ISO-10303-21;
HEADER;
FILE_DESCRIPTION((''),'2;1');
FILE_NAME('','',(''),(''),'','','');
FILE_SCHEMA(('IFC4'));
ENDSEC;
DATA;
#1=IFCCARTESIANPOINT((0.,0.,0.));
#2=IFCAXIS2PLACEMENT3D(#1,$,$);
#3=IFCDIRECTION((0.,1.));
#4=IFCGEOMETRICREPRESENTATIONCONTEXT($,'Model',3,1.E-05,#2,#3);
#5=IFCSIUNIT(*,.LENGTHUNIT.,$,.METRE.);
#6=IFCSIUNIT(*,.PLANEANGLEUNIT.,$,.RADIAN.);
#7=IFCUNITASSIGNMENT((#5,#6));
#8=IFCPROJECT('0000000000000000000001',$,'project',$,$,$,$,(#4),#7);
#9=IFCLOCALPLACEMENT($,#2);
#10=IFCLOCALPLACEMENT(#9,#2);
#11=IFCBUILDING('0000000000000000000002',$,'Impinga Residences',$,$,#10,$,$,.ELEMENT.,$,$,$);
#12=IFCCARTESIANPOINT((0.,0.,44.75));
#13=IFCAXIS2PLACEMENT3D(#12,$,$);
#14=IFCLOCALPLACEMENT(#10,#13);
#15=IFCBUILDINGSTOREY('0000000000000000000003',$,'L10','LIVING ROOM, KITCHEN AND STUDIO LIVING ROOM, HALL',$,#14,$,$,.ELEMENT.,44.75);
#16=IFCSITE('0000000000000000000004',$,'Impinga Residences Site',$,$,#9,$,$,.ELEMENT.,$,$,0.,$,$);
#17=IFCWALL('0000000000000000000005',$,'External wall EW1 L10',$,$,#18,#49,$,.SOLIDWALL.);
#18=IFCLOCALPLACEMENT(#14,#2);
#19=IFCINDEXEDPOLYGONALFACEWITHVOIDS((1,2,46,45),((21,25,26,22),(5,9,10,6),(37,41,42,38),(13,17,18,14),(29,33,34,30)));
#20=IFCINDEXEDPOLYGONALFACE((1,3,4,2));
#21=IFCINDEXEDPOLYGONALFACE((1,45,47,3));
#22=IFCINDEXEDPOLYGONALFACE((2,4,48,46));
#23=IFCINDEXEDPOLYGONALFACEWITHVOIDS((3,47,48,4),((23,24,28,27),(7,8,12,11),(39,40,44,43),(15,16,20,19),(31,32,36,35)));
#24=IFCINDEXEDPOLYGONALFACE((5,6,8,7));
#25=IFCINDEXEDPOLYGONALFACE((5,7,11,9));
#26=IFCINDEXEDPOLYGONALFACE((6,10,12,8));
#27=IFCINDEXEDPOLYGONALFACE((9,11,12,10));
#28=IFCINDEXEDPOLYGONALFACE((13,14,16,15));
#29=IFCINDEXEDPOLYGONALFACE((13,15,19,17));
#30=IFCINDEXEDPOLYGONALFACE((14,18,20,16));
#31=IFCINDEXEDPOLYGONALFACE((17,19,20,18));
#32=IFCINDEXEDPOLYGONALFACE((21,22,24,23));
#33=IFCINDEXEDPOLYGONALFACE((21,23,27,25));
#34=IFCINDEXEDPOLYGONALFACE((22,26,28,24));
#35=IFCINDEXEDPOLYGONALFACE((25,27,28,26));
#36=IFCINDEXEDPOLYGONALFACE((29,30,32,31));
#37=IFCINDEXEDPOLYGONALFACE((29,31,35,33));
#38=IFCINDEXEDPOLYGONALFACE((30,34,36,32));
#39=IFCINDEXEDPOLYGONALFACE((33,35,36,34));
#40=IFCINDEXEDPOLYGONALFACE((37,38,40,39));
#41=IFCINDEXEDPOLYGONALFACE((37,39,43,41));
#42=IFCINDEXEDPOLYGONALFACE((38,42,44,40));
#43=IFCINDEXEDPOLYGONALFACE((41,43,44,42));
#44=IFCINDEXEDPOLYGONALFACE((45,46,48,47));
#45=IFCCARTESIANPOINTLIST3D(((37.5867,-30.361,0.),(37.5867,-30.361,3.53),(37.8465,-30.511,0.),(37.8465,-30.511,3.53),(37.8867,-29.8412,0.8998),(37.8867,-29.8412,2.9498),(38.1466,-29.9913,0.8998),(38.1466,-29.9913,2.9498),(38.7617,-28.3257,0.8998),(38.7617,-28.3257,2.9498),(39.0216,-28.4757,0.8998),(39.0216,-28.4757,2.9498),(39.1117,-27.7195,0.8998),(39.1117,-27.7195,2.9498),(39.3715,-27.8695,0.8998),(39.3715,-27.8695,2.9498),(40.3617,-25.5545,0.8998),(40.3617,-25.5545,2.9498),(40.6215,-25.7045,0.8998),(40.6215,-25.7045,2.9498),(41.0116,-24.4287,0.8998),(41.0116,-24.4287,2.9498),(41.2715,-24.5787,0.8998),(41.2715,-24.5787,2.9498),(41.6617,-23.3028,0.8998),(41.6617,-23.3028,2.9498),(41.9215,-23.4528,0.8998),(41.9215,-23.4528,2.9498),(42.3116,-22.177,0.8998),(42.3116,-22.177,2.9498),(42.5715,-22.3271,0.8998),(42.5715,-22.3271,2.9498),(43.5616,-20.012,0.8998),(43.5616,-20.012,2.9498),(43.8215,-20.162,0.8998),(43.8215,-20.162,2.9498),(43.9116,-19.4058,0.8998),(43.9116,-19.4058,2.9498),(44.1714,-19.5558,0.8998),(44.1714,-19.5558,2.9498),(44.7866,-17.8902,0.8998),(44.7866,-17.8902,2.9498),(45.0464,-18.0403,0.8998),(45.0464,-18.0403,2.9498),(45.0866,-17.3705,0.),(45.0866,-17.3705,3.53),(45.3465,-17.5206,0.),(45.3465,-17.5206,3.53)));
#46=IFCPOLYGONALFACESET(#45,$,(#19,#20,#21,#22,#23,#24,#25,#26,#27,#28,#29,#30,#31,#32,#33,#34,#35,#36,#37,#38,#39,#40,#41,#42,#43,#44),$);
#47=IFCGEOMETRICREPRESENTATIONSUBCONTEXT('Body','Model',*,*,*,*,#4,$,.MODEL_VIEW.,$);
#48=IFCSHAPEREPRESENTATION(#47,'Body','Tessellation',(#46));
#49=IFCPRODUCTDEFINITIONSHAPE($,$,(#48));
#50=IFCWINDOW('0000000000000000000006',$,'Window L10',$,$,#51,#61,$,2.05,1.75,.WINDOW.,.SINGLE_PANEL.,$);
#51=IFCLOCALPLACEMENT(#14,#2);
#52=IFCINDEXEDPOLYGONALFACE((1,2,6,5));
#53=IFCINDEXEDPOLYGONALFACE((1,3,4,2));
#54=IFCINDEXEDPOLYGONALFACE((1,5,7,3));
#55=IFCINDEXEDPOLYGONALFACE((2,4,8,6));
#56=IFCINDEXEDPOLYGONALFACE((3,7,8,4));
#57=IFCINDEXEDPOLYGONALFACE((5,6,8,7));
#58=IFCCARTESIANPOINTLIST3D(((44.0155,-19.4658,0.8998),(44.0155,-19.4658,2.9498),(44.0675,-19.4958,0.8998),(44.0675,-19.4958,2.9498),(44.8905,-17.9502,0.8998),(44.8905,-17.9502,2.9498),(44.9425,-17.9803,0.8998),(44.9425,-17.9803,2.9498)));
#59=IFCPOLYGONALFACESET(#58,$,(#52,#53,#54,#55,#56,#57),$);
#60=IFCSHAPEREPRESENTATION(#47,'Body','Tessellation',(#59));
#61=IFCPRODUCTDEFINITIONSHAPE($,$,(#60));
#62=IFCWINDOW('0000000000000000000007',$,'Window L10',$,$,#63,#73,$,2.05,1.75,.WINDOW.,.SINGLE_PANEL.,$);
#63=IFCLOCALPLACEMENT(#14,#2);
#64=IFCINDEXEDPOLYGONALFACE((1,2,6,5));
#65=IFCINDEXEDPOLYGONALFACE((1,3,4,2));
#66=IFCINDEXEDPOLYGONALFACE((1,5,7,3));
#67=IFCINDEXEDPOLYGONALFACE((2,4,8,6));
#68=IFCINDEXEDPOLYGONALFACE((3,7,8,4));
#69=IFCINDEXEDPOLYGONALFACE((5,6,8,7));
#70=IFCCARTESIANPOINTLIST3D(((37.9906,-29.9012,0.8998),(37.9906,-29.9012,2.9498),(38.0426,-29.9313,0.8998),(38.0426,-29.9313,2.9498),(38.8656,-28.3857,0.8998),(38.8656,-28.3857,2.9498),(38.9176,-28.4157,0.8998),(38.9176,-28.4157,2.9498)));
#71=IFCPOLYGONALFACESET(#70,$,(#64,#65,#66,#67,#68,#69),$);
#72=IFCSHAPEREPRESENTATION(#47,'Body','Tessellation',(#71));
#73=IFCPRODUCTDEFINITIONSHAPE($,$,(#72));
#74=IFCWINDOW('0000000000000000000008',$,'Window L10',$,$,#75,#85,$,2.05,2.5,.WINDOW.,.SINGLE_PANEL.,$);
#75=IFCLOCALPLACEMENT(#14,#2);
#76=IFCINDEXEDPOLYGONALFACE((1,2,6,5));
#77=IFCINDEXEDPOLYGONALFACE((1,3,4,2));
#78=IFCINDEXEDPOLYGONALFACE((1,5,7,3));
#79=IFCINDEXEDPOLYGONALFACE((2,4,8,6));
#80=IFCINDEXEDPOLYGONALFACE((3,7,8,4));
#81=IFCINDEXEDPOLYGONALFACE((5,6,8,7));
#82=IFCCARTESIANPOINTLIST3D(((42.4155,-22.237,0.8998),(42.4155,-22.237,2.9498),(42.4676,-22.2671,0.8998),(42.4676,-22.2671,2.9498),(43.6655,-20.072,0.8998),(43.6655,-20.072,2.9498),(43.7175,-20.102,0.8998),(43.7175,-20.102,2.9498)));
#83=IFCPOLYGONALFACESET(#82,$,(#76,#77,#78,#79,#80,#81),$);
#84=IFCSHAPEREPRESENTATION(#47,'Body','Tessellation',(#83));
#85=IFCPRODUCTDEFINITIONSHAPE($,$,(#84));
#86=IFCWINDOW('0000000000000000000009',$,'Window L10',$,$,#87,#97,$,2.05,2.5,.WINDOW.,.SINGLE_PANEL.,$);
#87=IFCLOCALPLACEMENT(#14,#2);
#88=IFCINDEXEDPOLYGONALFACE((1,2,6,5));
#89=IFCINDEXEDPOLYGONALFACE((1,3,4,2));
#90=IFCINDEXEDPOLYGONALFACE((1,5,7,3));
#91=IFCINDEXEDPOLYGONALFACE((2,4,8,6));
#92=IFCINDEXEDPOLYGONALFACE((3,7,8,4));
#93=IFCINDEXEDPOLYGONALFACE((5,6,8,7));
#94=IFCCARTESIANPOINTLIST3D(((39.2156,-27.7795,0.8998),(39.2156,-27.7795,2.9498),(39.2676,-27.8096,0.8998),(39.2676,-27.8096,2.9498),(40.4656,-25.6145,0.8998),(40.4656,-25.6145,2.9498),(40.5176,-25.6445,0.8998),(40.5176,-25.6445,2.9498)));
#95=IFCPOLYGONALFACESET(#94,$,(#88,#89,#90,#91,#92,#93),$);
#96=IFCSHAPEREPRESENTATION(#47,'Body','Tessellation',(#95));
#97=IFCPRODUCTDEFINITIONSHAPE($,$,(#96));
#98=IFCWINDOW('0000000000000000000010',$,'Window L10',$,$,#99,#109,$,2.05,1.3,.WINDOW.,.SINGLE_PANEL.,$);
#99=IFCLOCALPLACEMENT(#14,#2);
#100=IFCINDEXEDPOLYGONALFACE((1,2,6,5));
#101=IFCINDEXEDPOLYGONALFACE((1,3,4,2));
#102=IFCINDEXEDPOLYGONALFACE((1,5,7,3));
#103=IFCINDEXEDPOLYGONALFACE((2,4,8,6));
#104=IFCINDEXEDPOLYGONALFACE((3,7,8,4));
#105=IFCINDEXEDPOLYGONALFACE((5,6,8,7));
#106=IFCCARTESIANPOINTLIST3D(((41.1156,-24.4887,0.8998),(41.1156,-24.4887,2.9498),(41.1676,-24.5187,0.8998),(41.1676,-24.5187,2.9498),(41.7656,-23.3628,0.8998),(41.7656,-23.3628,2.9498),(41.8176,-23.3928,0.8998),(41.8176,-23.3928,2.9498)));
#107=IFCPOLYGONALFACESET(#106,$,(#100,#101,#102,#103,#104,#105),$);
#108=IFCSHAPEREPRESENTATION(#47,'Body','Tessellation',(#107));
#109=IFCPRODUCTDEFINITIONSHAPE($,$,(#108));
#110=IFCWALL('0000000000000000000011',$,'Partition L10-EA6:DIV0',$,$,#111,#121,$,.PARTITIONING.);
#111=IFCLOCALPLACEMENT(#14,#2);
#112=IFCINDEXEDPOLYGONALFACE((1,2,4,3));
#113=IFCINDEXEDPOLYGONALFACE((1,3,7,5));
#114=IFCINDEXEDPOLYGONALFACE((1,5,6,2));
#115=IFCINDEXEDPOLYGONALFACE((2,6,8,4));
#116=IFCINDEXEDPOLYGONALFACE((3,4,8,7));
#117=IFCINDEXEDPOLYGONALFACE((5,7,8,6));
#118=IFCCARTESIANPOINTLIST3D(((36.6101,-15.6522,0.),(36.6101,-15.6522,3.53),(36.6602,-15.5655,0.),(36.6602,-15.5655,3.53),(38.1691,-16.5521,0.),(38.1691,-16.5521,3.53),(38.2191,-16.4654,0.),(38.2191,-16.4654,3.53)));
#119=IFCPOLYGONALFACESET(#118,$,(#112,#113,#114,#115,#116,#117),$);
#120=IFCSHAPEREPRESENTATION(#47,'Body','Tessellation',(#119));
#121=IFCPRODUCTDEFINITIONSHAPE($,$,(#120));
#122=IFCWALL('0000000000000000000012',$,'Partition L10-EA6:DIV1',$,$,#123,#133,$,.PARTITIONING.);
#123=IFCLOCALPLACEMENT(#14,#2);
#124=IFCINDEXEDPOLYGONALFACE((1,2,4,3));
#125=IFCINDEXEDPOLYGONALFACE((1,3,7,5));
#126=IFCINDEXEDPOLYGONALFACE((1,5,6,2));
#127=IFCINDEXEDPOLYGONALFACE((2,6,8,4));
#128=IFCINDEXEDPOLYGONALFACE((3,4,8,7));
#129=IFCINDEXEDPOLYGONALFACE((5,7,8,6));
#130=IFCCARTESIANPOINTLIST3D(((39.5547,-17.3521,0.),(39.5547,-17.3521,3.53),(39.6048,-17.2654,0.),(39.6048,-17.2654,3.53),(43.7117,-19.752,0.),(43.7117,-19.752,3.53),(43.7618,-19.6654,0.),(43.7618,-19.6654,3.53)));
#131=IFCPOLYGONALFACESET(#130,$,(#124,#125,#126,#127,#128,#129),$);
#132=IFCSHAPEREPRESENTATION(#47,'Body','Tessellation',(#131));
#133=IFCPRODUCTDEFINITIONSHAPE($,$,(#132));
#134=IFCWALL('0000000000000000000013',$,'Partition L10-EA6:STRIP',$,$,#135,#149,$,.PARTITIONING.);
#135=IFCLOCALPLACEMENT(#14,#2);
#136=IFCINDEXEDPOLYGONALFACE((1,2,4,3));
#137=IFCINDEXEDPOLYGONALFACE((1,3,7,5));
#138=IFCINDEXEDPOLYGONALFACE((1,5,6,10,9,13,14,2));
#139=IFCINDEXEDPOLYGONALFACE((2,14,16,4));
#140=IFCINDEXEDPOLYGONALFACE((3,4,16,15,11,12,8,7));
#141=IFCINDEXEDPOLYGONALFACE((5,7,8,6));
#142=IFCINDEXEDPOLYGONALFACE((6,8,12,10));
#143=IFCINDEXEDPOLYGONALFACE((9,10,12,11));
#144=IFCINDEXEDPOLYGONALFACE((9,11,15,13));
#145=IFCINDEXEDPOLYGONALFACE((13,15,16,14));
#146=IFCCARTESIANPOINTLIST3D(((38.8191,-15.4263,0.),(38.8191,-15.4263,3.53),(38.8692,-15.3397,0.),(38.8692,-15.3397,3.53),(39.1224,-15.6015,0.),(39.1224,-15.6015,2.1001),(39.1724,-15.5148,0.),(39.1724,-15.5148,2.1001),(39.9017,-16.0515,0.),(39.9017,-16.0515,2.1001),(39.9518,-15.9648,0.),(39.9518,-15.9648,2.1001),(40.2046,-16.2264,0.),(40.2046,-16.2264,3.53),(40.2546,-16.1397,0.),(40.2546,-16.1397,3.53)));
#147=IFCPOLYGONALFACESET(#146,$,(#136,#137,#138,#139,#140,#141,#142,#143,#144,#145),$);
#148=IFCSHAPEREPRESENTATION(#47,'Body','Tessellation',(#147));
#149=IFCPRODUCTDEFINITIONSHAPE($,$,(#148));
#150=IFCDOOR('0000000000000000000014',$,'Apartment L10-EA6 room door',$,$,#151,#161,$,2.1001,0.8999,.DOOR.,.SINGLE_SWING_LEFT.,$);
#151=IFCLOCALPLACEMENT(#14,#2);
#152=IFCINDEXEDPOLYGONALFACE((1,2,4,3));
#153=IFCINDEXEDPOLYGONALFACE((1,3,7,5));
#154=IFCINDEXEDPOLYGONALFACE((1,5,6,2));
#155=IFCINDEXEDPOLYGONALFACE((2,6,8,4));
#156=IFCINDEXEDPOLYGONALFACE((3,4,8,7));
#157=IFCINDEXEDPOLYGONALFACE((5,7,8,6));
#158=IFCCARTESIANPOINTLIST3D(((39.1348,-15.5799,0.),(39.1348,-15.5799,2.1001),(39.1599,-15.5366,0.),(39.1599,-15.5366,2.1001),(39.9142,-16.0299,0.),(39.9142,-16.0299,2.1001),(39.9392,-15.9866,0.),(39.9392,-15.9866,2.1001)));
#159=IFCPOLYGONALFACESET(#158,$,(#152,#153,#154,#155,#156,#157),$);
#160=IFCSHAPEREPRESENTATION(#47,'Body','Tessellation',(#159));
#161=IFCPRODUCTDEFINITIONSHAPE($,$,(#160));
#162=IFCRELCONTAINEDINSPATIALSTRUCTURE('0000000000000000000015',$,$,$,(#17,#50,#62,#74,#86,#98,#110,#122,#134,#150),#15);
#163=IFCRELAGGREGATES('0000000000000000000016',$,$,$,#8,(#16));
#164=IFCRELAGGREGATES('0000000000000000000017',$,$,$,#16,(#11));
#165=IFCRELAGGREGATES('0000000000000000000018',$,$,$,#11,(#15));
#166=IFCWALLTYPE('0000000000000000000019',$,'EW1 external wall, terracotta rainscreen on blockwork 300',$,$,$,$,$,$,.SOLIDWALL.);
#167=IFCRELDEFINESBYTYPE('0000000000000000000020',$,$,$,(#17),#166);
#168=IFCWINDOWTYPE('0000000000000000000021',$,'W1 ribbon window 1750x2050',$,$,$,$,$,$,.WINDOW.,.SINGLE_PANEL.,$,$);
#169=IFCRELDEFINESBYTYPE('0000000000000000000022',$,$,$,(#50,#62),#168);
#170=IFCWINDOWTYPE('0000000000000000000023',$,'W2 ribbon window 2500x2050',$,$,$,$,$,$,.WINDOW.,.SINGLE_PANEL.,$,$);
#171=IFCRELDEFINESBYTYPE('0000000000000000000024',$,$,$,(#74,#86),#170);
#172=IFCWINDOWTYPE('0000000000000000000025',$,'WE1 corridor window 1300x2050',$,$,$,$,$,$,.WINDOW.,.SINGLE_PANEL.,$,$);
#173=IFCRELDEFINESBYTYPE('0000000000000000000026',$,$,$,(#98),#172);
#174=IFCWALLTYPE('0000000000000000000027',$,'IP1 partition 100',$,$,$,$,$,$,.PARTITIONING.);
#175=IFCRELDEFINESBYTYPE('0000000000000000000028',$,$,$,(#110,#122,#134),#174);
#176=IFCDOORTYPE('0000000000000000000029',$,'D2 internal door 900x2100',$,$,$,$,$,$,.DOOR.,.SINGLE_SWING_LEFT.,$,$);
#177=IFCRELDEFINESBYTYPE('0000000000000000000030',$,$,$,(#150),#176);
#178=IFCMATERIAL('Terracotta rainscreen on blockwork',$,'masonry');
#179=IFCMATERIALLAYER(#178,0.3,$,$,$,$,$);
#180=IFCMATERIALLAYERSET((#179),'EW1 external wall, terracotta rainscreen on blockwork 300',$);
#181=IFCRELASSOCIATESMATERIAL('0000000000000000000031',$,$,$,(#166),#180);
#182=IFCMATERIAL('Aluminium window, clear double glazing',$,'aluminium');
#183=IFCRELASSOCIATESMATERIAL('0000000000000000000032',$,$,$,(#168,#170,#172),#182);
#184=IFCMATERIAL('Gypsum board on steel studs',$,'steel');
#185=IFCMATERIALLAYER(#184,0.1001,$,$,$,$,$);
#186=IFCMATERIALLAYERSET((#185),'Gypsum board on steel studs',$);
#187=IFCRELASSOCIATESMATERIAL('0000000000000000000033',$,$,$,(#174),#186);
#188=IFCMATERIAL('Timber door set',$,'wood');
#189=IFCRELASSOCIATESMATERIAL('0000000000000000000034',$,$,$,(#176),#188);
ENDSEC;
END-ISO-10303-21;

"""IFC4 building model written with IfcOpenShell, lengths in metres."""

from ifc_helpers import new_model, si_unit, direction, frame, frame_2d, origin, place, context, subcontext, project, spatial, rectangle, extrude, material, layer, layer_set, type_object, element, fill, save


model = new_model("IFC4")

# Units and contexts
model_context = context("Model", 3, precision=1e-05, world=origin(), true_north=direction((0.0, 1.0)))
body_context = subcontext(model_context, "Body", "Model", "MODEL_VIEW")
ifc_project = project(units=[si_unit("LENGTHUNIT", "METRE"), si_unit("PLANEANGLEUNIT", "RADIAN")], contexts=[model_context])

# Site, building, storey
site_placement = place(None, origin())
site = spatial("IfcSite", under=ifc_project, at=site_placement, Name="Impinga Residences Site", CompositionType="ELEMENT", RefElevation=0.0)
building_placement = place(site_placement, origin())
building = spatial("IfcBuilding", under=site, at=building_placement, Name="Impinga Residences", CompositionType="ELEMENT")
storey_placement = place(building_placement, frame((0.0, 0.0, 44.75)))
storey = spatial("IfcBuildingStorey", under=building, at=storey_placement, Name="L10", Description="LIVING ROOM, KITCHEN AND STUDIO LIVING ROOM, HALL", CompositionType="ELEMENT", Elevation=44.75)

# Shared definitions
ifc_material_1 = material(Name="Terracotta rainscreen on blockwork", Category="masonry")
ifc_layer_1 = layer(ifc_material_1, 0.3)
ifc_layer_set_1 = layer_set([ifc_layer_1], Name="EW1 external wall, terracotta rainscreen on blockwork 300")
wall_type_1 = type_object("IfcWallType", Name="EW1 external wall, terracotta rainscreen on blockwork 300", PredefinedType="SOLIDWALL", material=ifc_layer_set_1)

# Wall, openings, windows
wall_1_placement = place(storey_placement, frame((45.2166, -17.4456, 0.0), z_axis=(0.0, 0.0, 1.0), x_axis=(-0.499997, -0.866027, 0.0)))
wall_1 = element("IfcWall", 1, at=wall_1_placement, inside=storey, type_object=wall_type_1, Name="External wall EW1 L10", PredefinedType="SOLIDWALL", context=body_context, shape_type="SweptSolid", body=[
    extrude(rectangle(XDim=15.0, YDim=0.3, at=frame_2d((7.5, 0.0))), origin(), (0.0, 0.0, 1.0), 3.53),
])
opening_1_placement = place(wall_1_placement, frame((0.6001, 0.0, 0.8999)))
opening_1 = element("IfcOpeningElement", 2, at=opening_1_placement, cuts=wall_1, PredefinedType="OPENING", context=body_context, shape_type="SweptSolid", body=[
    extrude(rectangle(XDim=1.75, YDim=2.05, at=frame_2d((0.875, 1.0249))), frame((0.0, 0.1599, 0.0), z_axis=(0.0, -1.0, 0.0), x_axis=(1.0, 0.0, 0.0)), (0.0, 0.0, 1.0), 0.3201),
])
opening_2_placement = place(wall_1_placement, frame((3.05, 0.0, 0.8999)))
opening_2 = element("IfcOpeningElement", 3, at=opening_2_placement, cuts=wall_1, PredefinedType="OPENING", context=body_context, shape_type="SweptSolid", body=[
    extrude(rectangle(XDim=2.5, YDim=2.05, at=frame_2d((1.25, 1.0249))), frame((0.0, 0.1599, 0.0), z_axis=(0.0, -1.0, 0.0), x_axis=(1.0, 0.0, 0.0)), (0.0, 0.0, 1.0), 0.3201),
])
opening_3_placement = place(wall_1_placement, frame((6.8501, 0.0, 0.8999)))
opening_3 = element("IfcOpeningElement", 4, at=opening_3_placement, cuts=wall_1, PredefinedType="OPENING", context=body_context, shape_type="SweptSolid", body=[
    extrude(rectangle(XDim=1.3, YDim=2.05, at=frame_2d((0.6499, 1.0249))), frame((0.0, 0.1599, 0.0), z_axis=(0.0, -1.0, 0.0), x_axis=(1.0, 0.0, 0.0)), (0.0, 0.0, 1.0), 0.3201),
])
opening_4_placement = place(wall_1_placement, frame((9.45, 0.0, 0.8999)))
opening_4 = element("IfcOpeningElement", 5, at=opening_4_placement, cuts=wall_1, PredefinedType="OPENING", context=body_context, shape_type="SweptSolid", body=[
    extrude(rectangle(XDim=2.5, YDim=2.05, at=frame_2d((1.25, 1.0249))), frame((0.0, 0.1599, 0.0), z_axis=(0.0, -1.0, 0.0), x_axis=(1.0, 0.0, 0.0)), (0.0, 0.0, 1.0), 0.3201),
])
opening_5_placement = place(wall_1_placement, frame((12.6499, 0.0, 0.8999)))
opening_5 = element("IfcOpeningElement", 6, at=opening_5_placement, cuts=wall_1, PredefinedType="OPENING", context=body_context, shape_type="SweptSolid", body=[
    extrude(rectangle(XDim=1.75, YDim=2.05, at=frame_2d((0.875, 1.0249))), frame((0.0, 0.1599, 0.0), z_axis=(0.0, -1.0, 0.0), x_axis=(1.0, 0.0, 0.0)), (0.0, 0.0, 1.0), 0.3201),
])
ifc_material_2 = material(Name="Aluminium window, clear double glazing", Category="aluminium")
window_type_1 = type_object("IfcWindowType", Name="W1 ribbon window 1750x2050", PartitioningType="SINGLE_PANEL", PredefinedType="WINDOW", material=ifc_material_2)
window_1_placement = place(opening_1_placement, origin())
window_1 = element("IfcWindow", 7, at=window_1_placement, inside=storey, type_object=window_type_1, Name="Window L10", OverallHeight=2.05, OverallWidth=1.75, PartitioningType="SINGLE_PANEL", PredefinedType="WINDOW", context=body_context, shape_type="SweptSolid", body=[
    extrude(rectangle(XDim=1.75, YDim=2.05, at=frame_2d((0.875, 1.0249))), frame((0.0, 0.03, 0.0), z_axis=(0.0, -1.0, 0.0), x_axis=(1.0, 0.0, 0.0)), (0.0, 0.0, 1.0), 0.0601),
])
fill(opening_1, window_1)
window_2_placement = place(opening_5_placement, origin())
window_2 = element("IfcWindow", 8, at=window_2_placement, inside=storey, type_object=window_type_1, Name="Window L10", OverallHeight=2.05, OverallWidth=1.75, PartitioningType="SINGLE_PANEL", PredefinedType="WINDOW", context=body_context, shape_type="SweptSolid", body=[
    extrude(rectangle(XDim=1.75, YDim=2.05, at=frame_2d((0.875, 1.0249))), frame((0.0, 0.03, 0.0), z_axis=(0.0, -1.0, 0.0), x_axis=(1.0, 0.0, 0.0)), (0.0, 0.0, 1.0), 0.0601),
])
fill(opening_5, window_2)
window_type_2 = type_object("IfcWindowType", Name="W2 ribbon window 2500x2050", PartitioningType="SINGLE_PANEL", PredefinedType="WINDOW", material=ifc_material_2)
window_3_placement = place(opening_2_placement, origin())
window_3 = element("IfcWindow", 9, at=window_3_placement, inside=storey, type_object=window_type_2, Name="Window L10", OverallHeight=2.05, OverallWidth=2.5, PartitioningType="SINGLE_PANEL", PredefinedType="WINDOW", context=body_context, shape_type="SweptSolid", body=[
    extrude(rectangle(XDim=2.5, YDim=2.05, at=frame_2d((1.25, 1.0249))), frame((0.0, 0.03, 0.0), z_axis=(0.0, -1.0, 0.0), x_axis=(1.0, 0.0, 0.0)), (0.0, 0.0, 1.0), 0.0601),
])
fill(opening_2, window_3)
window_4_placement = place(opening_4_placement, origin())
window_4 = element("IfcWindow", 10, at=window_4_placement, inside=storey, type_object=window_type_2, Name="Window L10", OverallHeight=2.05, OverallWidth=2.5, PartitioningType="SINGLE_PANEL", PredefinedType="WINDOW", context=body_context, shape_type="SweptSolid", body=[
    extrude(rectangle(XDim=2.5, YDim=2.05, at=frame_2d((1.25, 1.0249))), frame((0.0, 0.03, 0.0), z_axis=(0.0, -1.0, 0.0), x_axis=(1.0, 0.0, 0.0)), (0.0, 0.0, 1.0), 0.0601),
])
fill(opening_4, window_4)
window_type_3 = type_object("IfcWindowType", Name="WE1 corridor window 1300x2050", PartitioningType="SINGLE_PANEL", PredefinedType="WINDOW", material=ifc_material_2)
window_5_placement = place(opening_3_placement, origin())
window_5 = element("IfcWindow", 11, at=window_5_placement, inside=storey, type_object=window_type_3, Name="Window L10", OverallHeight=2.05, OverallWidth=1.3, PartitioningType="SINGLE_PANEL", PredefinedType="WINDOW", context=body_context, shape_type="SweptSolid", body=[
    extrude(rectangle(XDim=1.3, YDim=2.05, at=frame_2d((0.6499, 1.0249))), frame((0.0, 0.03, 0.0), z_axis=(0.0, -1.0, 0.0), x_axis=(1.0, 0.0, 0.0)), (0.0, 0.0, 1.0), 0.0601),
])
fill(opening_3, window_5)

# Walls
ifc_material_3 = material(Name="Gypsum board on steel studs", Category="steel")
ifc_layer_2 = layer(ifc_material_3, 0.1001)
ifc_layer_set_2 = layer_set([ifc_layer_2], Name="Gypsum board on steel studs")
wall_type_2 = type_object("IfcWallType", Name="IP1 partition 100", PredefinedType="PARTITIONING", material=ifc_layer_set_2)
wall_2_placement = place(storey_placement, frame((36.6353, -15.6089, 0.0), z_axis=(0.0, 0.0, 1.0), x_axis=(0.866048, -0.499961, 0.0)))
element("IfcWall", 12, at=wall_2_placement, inside=storey, type_object=wall_type_2, Name="Partition L10-EA6:DIV0", PredefinedType="PARTITIONING", context=body_context, shape_type="SweptSolid", body=[
    extrude(rectangle(XDim=1.8, YDim=0.1001, at=frame_2d((0.8999, 0.0))), origin(), (0.0, 0.0, 1.0), 3.53),
])
wall_3_placement = place(storey_placement, frame((39.5798, -17.3088, 0.0), z_axis=(0.0, 0.0, 1.0), x_axis=(0.866037, -0.499979, 0.0)))
element("IfcWall", 13, at=wall_3_placement, inside=storey, type_object=wall_type_2, Name="Partition L10-EA6:DIV1", PredefinedType="PARTITIONING", context=body_context, shape_type="SweptSolid", body=[
    extrude(rectangle(XDim=4.8, YDim=0.1001, at=frame_2d((2.3999, 0.0))), origin(), (0.0, 0.0, 1.0), 3.53),
])

# Wall, opening, door
wall_4_placement = place(storey_placement, frame((38.8442, -15.3831, 0.0), z_axis=(0.0, 0.0, 1.0), x_axis=(0.86599, -0.500061, 0.0)))
wall_4 = element("IfcWall", 14, at=wall_4_placement, inside=storey, type_object=wall_type_2, Name="Partition L10-EA6:STRIP", PredefinedType="PARTITIONING", context=body_context, shape_type="SweptSolid", body=[
    extrude(rectangle(XDim=1.5999, YDim=0.1001, at=frame_2d((0.7998, 0.0))), origin(), (0.0, 0.0, 1.0), 3.53),
])
opening_6_placement = place(wall_4_placement, frame((0.3501, 0.0, 0.0)))
opening_6 = element("IfcOpeningElement", 15, at=opening_6_placement, cuts=wall_4, PredefinedType="OPENING", context=body_context, shape_type="SweptSolid", body=[
    extrude(rectangle(XDim=0.8999, YDim=2.1001, at=frame_2d((0.45, 1.05))), frame((0.0, 0.0601, 0.0), z_axis=(0.0, -1.0, 0.0), x_axis=(1.0, 0.0, 0.0)), (0.0, 0.0, 1.0), 0.1201),
])
ifc_material_4 = material(Name="Timber door set", Category="wood")
door_type = type_object("IfcDoorType", Name="D2 internal door 900x2100", OperationType="SINGLE_SWING_LEFT", PredefinedType="DOOR", material=ifc_material_4)
door_placement = place(opening_6_placement, origin())
door = element("IfcDoor", 16, at=door_placement, inside=storey, type_object=door_type, Name="Apartment L10-EA6 room door", OperationType="SINGLE_SWING_LEFT", OverallHeight=2.1001, OverallWidth=0.8999, PredefinedType="DOOR", context=body_context, shape_type="SweptSolid", body=[
    extrude(rectangle(XDim=0.8999, YDim=2.1001, at=frame_2d((0.45, 1.05))), frame((0.0, 0.0249, 0.0), z_axis=(0.0, -1.0, 0.0), x_axis=(1.0, 0.0, 0.0)), (0.0, 0.0, 1.0), 0.05),
])
fill(opening_6, door)

save(model, "model.ifc")
